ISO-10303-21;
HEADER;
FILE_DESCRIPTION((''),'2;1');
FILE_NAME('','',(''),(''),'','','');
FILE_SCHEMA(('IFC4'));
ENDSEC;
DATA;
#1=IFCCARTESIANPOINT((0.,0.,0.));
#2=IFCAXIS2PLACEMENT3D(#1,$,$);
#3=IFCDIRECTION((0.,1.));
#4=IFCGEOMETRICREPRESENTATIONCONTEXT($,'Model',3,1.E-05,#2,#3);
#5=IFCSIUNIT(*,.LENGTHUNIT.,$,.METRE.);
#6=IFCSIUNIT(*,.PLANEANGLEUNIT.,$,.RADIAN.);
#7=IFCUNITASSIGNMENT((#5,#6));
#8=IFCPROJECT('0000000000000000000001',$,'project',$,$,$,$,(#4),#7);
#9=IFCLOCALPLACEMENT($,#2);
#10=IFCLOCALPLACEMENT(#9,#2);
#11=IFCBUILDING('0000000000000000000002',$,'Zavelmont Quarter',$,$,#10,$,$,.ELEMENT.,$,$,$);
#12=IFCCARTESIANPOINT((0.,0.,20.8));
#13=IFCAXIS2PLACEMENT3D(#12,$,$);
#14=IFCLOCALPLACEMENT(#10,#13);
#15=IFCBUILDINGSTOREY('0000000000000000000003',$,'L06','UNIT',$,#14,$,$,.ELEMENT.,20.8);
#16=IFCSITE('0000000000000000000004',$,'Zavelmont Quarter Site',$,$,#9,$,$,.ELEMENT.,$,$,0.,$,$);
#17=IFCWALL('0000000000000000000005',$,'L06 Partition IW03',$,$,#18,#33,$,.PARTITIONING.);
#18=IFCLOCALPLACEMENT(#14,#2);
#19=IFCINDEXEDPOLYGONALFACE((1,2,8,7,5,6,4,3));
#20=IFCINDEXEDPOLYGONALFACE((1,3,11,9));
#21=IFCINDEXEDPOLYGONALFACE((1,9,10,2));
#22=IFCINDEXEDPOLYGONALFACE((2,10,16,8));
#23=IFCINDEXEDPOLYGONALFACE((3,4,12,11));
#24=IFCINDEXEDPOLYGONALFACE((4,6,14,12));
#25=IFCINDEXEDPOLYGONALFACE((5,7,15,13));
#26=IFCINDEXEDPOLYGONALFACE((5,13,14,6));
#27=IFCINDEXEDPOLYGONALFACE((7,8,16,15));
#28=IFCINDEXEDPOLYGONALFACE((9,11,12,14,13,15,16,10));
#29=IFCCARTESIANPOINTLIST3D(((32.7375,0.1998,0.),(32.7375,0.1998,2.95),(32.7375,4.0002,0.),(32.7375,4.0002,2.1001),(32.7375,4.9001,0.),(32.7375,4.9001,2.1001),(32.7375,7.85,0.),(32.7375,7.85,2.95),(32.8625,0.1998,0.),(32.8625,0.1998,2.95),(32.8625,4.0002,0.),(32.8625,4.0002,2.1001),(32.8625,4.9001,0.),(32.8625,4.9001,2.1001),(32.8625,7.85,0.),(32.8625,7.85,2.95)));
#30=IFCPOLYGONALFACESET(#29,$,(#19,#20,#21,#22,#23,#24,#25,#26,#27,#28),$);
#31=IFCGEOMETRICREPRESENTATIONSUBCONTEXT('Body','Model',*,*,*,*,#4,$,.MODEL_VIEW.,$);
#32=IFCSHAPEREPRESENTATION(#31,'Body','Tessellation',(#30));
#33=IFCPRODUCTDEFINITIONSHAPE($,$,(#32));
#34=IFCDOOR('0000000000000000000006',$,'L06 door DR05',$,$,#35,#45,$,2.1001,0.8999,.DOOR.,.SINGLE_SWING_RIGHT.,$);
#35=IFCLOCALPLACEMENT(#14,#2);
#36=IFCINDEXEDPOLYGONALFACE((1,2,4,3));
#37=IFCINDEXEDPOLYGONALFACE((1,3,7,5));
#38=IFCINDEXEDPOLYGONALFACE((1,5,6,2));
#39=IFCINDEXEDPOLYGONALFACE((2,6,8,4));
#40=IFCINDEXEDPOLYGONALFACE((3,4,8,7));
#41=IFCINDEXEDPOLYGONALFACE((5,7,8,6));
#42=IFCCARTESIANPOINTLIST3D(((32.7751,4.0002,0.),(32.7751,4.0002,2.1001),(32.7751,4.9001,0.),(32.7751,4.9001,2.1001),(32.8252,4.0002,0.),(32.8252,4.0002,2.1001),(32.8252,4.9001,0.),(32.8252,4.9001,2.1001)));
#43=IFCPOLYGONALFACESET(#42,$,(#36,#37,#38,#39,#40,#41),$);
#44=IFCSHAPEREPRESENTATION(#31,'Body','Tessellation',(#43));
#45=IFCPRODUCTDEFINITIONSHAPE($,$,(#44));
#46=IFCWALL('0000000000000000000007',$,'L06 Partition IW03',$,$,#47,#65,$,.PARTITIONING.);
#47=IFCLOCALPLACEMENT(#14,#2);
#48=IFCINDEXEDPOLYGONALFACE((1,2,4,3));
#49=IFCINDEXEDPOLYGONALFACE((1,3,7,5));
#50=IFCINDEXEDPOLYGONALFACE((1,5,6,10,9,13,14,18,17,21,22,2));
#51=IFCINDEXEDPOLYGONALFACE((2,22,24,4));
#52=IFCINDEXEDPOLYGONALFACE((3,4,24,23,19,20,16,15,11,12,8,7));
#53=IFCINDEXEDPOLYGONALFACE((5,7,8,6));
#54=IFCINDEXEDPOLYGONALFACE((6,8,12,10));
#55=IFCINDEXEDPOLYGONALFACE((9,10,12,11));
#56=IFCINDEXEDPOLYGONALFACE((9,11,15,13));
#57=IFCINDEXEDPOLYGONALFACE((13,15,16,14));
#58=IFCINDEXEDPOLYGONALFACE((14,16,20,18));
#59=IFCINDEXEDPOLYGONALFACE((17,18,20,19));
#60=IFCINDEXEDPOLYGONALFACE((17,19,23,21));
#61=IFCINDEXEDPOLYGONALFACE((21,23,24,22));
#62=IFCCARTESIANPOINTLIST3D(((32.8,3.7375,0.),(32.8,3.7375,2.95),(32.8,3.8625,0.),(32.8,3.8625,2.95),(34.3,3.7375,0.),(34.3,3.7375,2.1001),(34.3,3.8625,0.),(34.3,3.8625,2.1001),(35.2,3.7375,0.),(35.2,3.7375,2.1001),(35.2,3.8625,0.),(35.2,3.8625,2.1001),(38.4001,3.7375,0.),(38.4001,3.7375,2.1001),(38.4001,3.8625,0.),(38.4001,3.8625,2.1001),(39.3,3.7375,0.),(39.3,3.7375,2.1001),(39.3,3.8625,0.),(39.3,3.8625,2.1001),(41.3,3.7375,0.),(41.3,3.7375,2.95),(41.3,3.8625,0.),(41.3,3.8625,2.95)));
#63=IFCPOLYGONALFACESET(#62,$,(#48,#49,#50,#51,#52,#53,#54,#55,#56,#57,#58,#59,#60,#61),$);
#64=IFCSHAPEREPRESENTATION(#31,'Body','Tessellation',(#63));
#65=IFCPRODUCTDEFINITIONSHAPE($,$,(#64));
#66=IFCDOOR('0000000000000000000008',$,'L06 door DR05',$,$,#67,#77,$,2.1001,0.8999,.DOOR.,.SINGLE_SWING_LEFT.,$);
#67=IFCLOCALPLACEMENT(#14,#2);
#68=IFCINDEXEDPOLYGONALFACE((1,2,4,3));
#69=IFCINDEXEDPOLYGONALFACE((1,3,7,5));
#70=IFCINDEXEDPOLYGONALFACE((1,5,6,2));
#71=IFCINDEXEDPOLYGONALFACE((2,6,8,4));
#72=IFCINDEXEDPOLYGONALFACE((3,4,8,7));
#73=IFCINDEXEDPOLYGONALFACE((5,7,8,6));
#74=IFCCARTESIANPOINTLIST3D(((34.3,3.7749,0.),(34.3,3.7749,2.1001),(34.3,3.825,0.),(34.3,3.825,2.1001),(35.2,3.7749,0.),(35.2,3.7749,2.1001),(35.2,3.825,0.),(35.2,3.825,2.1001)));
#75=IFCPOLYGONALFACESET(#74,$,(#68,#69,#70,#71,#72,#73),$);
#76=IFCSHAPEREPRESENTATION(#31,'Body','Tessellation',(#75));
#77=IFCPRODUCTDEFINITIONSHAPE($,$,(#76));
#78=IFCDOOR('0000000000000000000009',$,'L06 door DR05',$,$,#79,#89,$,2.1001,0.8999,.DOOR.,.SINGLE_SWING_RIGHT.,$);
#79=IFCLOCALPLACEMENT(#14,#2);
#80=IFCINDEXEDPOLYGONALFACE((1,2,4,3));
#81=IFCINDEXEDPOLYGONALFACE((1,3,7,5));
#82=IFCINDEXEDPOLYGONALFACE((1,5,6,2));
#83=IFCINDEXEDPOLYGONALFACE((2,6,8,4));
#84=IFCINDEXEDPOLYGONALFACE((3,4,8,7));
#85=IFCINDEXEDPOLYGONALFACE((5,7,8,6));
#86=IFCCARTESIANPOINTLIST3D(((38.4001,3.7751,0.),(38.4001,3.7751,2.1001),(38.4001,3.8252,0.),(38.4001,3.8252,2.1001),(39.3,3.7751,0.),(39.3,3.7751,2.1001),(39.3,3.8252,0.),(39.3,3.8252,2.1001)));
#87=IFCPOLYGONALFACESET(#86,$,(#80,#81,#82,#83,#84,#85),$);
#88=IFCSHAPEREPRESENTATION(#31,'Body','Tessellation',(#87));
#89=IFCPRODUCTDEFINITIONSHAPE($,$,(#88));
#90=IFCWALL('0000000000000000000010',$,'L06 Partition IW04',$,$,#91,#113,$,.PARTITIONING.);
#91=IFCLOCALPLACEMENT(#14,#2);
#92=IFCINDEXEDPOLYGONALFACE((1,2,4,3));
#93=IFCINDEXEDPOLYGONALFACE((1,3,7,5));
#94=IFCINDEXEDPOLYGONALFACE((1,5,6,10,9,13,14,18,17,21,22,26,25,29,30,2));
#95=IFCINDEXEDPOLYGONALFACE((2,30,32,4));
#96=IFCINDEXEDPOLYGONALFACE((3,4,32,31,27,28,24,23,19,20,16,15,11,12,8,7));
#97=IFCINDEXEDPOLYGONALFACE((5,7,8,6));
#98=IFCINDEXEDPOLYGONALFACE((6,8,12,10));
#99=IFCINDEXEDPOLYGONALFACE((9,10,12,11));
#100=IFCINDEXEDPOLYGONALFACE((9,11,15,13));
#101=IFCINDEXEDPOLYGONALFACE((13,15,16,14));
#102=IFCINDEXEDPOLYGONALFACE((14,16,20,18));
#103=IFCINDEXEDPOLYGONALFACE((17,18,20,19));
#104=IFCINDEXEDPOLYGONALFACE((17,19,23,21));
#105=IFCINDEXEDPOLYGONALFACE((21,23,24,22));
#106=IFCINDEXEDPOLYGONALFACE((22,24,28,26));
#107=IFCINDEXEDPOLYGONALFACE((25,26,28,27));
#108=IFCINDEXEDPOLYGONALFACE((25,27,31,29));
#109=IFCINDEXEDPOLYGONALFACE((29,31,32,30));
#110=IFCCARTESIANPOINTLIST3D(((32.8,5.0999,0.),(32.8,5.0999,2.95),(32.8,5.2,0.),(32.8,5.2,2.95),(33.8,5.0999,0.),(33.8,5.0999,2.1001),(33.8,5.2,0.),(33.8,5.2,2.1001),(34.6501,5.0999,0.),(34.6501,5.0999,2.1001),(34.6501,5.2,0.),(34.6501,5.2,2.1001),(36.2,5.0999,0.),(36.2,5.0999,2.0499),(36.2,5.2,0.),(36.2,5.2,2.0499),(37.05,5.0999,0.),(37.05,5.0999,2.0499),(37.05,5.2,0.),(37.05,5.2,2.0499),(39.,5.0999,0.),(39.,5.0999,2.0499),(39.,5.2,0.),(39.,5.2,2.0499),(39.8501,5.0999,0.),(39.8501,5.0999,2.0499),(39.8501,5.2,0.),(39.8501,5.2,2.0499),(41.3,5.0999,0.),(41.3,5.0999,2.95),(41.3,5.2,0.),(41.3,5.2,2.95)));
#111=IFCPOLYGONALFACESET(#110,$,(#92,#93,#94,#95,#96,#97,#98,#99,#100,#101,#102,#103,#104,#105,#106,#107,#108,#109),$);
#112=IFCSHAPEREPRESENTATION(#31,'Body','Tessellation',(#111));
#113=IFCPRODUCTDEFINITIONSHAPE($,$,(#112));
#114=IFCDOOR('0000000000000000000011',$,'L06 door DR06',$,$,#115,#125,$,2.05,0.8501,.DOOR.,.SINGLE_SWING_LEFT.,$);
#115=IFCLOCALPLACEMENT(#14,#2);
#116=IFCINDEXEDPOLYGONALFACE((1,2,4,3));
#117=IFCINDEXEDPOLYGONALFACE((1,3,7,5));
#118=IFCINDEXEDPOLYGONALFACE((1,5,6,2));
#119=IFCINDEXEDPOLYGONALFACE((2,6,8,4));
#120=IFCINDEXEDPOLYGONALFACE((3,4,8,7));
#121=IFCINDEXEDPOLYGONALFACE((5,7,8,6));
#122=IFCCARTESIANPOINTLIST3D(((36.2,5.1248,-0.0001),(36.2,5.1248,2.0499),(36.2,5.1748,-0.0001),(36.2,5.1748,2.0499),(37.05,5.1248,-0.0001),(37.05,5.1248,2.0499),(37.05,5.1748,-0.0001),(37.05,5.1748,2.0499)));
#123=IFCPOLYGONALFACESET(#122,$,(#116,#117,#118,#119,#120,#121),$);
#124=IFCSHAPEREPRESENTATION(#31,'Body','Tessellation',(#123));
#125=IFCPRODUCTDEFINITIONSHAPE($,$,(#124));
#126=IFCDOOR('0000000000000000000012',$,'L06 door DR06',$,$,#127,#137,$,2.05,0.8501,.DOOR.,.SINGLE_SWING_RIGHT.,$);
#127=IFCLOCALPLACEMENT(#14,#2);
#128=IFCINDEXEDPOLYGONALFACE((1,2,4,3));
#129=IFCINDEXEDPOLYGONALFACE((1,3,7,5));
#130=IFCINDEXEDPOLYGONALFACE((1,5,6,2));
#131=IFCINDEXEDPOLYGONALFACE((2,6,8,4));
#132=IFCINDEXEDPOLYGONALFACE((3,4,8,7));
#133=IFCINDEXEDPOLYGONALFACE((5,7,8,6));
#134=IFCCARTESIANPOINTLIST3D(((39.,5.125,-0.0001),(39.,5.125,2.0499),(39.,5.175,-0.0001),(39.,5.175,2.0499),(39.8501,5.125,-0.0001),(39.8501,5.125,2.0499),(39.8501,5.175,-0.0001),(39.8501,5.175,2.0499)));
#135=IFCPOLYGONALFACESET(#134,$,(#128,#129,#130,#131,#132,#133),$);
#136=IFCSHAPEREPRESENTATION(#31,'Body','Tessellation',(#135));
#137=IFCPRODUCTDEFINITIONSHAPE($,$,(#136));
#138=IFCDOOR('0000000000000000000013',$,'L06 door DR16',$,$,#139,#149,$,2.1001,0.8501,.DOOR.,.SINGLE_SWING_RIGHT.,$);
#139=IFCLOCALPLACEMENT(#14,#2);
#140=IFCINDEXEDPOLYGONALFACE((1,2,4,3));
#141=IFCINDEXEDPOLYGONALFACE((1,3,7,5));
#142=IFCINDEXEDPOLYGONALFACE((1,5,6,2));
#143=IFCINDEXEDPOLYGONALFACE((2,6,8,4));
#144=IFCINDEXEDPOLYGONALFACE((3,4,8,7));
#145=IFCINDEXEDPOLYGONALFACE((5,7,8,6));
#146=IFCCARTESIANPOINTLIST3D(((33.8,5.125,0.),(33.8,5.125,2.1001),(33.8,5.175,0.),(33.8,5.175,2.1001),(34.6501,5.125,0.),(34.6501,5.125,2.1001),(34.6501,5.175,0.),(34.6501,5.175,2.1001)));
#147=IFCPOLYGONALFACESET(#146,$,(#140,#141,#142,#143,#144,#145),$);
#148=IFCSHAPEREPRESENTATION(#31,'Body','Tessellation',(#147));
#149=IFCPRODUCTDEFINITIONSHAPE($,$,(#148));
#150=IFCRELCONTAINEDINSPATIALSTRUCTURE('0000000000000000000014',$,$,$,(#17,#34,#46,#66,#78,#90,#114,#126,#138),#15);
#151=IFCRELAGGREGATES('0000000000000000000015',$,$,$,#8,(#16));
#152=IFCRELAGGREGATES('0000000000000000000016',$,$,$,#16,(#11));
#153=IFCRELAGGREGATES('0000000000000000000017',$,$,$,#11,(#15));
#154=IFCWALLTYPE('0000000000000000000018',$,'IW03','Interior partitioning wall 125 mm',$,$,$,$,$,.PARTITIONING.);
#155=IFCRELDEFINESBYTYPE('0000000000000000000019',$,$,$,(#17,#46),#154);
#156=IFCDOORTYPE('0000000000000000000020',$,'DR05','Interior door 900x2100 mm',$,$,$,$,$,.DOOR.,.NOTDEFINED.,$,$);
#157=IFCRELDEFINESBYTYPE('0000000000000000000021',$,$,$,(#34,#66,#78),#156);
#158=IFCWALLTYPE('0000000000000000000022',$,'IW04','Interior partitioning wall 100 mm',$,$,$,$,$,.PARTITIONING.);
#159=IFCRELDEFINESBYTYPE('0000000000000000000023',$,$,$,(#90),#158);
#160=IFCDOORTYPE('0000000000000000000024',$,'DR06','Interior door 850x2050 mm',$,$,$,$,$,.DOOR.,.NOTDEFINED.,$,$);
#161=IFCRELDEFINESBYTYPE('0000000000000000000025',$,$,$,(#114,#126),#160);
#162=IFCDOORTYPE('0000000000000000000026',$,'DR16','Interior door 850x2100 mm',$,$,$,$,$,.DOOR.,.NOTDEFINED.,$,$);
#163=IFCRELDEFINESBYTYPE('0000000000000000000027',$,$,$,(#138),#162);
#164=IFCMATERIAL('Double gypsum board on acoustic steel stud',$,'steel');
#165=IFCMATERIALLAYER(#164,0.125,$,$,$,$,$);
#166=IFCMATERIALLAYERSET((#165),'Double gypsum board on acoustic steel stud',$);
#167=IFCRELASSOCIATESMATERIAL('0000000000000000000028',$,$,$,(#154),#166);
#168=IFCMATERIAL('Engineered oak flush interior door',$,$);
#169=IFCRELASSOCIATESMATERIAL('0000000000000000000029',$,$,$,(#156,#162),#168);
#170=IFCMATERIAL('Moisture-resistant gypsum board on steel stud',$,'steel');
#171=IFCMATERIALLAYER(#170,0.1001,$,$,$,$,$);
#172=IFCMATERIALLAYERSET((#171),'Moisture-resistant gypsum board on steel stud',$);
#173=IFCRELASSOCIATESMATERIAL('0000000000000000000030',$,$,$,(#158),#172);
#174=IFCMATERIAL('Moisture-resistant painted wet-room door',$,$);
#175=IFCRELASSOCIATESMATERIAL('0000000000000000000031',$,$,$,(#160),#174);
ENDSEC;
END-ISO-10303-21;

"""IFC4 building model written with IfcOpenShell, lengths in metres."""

from ifc_helpers import new_model, si_unit, direction, frame, frame_2d, origin, origin_with_axes, place, context, subcontext, project, spatial, rectangle, extrude, material, layer, layer_set, type_object, element, fill, save


model = new_model("IFC4")

# Units and contexts
model_context = context("Model", 3, precision=1e-05, world=origin(), true_north=direction((0.0, 1.0)))
body_context = subcontext(model_context, "Body", "Model", "MODEL_VIEW")
ifc_project = project(units=[si_unit("LENGTHUNIT", "METRE"), si_unit("PLANEANGLEUNIT", "RADIAN")], contexts=[model_context])

# Site, building, storey
site_placement = place(None, origin())
site = spatial("IfcSite", under=ifc_project, at=site_placement, Name="Zavelmont Quarter Site", CompositionType="ELEMENT", RefElevation=0.0)
building_placement = place(site_placement, origin())
building = spatial("IfcBuilding", under=site, at=building_placement, Name="Zavelmont Quarter", CompositionType="ELEMENT")
storey_placement = place(building_placement, frame((0.0, 0.0, 20.8)))
storey = spatial("IfcBuildingStorey", under=building, at=storey_placement, Name="L06", Description="UNIT", CompositionType="ELEMENT", Elevation=20.8)

# Wall, opening, door
ifc_material_1 = material(Name="Double gypsum board on acoustic steel stud", Category="steel")
ifc_layer_1 = layer(ifc_material_1, 0.125)
ifc_layer_set_1 = layer_set([ifc_layer_1], Name="Double gypsum board on acoustic steel stud")
wall_type_1 = type_object("IfcWallType", Name="IW03", Description="Interior partitioning wall 125 mm", PredefinedType="PARTITIONING", material=ifc_layer_set_1)
wall_1_placement = place(storey_placement, frame((32.8, 7.8501, 0.0), z_axis=(0.0, 0.0, 1.0), x_axis=(0.0, -1.0, 0.0)))
wall_1 = element("IfcWall", 1, at=wall_1_placement, inside=storey, type_object=wall_type_1, Name="L06 Partition IW03", PredefinedType="PARTITIONING", context=body_context, shape_type="SweptSolid", body=[
    extrude(rectangle(XDim=7.6501, YDim=0.125, at=frame_2d((3.8252, 0.0))), origin(), (0.0, 0.0, 1.0), 2.95),
])
opening_1_placement = place(wall_1_placement, frame((2.95, 0.0, 0.0)))
opening_1 = element("IfcOpeningElement", 2, at=opening_1_placement, cuts=wall_1, PredefinedType="OPENING", context=body_context, shape_type="SweptSolid", body=[
    extrude(rectangle(XDim=0.8999, YDim=2.1001, at=frame_2d((0.45, 1.05))), frame((0.0, 0.0745, 0.0), z_axis=(0.0, -1.0, 0.0), x_axis=(1.0, 0.0, 0.0)), (0.0, 0.0, 1.0), 0.1489),
])
ifc_material_2 = material(Name="Engineered oak flush interior door")
door_type_1 = type_object("IfcDoorType", Name="DR05", Description="Interior door 900x2100 mm", OperationType="NOTDEFINED", PredefinedType="DOOR", material=ifc_material_2)
door_1_placement = place(opening_1_placement, frame((0.8999, 0.0, 0.0), z_axis=(0.0, 0.0, 1.0), x_axis=(-1.0, 0.0, 0.0)))
door_1 = element("IfcDoor", 3, at=door_1_placement, inside=storey, type_object=door_type_1, Name="L06 door DR05", OperationType="SINGLE_SWING_RIGHT", OverallHeight=2.1001, OverallWidth=0.8999, PredefinedType="DOOR", context=body_context, shape_type="SweptSolid", body=[
    extrude(rectangle(XDim=0.8999, YDim=2.1001, at=frame_2d((0.45, 1.05))), frame((0.0, 0.0249, 0.0), z_axis=(0.0, -1.0, 0.0), x_axis=(1.0, 0.0, 0.0)), (0.0, 0.0, 1.0), 0.05),
])
fill(opening_1, door_1)

# Walls, openings, doors
wall_2_placement = place(storey_placement, frame((32.8, 3.8, 0.0), z_axis=(0.0, 0.0, 1.0), x_axis=(1.0, 0.0, 0.0)))
wall_2 = element("IfcWall", 4, at=wall_2_placement, inside=storey, type_object=wall_type_1, Name="L06 Partition IW03", PredefinedType="PARTITIONING", context=body_context, shape_type="SweptSolid", body=[
    extrude(rectangle(XDim=8.5, YDim=0.125, at=frame_2d((4.25, 0.0))), origin(), (0.0, 0.0, 1.0), 2.95),
])
opening_2_placement = place(wall_2_placement, frame((1.5, 0.0, 0.0)))
opening_2 = element("IfcOpeningElement", 5, at=opening_2_placement, cuts=wall_2, PredefinedType="OPENING", context=body_context, shape_type="SweptSolid", body=[
    extrude(rectangle(XDim=0.8999, YDim=2.1001, at=frame_2d((0.45, 1.05))), frame((0.0, 0.0745, 0.0), z_axis=(0.0, -1.0, 0.0), x_axis=(1.0, 0.0, 0.0)), (0.0, 0.0, 1.0), 0.1489),
])
opening_3_placement = place(wall_2_placement, frame((5.6001, 0.0, 0.0)))
opening_3 = element("IfcOpeningElement", 6, at=opening_3_placement, cuts=wall_2, PredefinedType="OPENING", context=body_context, shape_type="SweptSolid", body=[
    extrude(rectangle(XDim=0.8999, YDim=2.1001, at=frame_2d((0.45, 1.05))), frame((0.0, 0.0745, 0.0), z_axis=(0.0, -1.0, 0.0), x_axis=(1.0, 0.0, 0.0)), (0.0, 0.0, 1.0), 0.1489),
])
door_2_placement = place(opening_2_placement, origin_with_axes())
door_2 = element("IfcDoor", 7, at=door_2_placement, inside=storey, type_object=door_type_1, Name="L06 door DR05", OperationType="SINGLE_SWING_LEFT", OverallHeight=2.1001, OverallWidth=0.8999, PredefinedType="DOOR", context=body_context, shape_type="SweptSolid", body=[
    extrude(rectangle(XDim=0.8999, YDim=2.1001, at=frame_2d((0.45, 1.05))), frame((0.0, 0.0249, 0.0), z_axis=(0.0, -1.0, 0.0), x_axis=(1.0, 0.0, 0.0)), (0.0, 0.0, 1.0), 0.05),
])
fill(opening_2, door_2)
door_3_placement = place(opening_3_placement, frame((0.8999, 0.0, 0.0), z_axis=(0.0, 0.0, 1.0), x_axis=(-1.0, 0.0, 0.0)))
door_3 = element("IfcDoor", 8, at=door_3_placement, inside=storey, type_object=door_type_1, Name="L06 door DR05", OperationType="SINGLE_SWING_RIGHT", OverallHeight=2.1001, OverallWidth=0.8999, PredefinedType="DOOR", context=body_context, shape_type="SweptSolid", body=[
    extrude(rectangle(XDim=0.8999, YDim=2.1001, at=frame_2d((0.45, 1.05))), frame((0.0, 0.0249, 0.0), z_axis=(0.0, -1.0, 0.0), x_axis=(1.0, 0.0, 0.0)), (0.0, 0.0, 1.0), 0.05),
])
fill(opening_3, door_3)
ifc_material_3 = material(Name="Moisture-resistant gypsum board on steel stud", Category="steel")
ifc_layer_2 = layer(ifc_material_3, 0.1001)
ifc_layer_set_2 = layer_set([ifc_layer_2], Name="Moisture-resistant gypsum board on steel stud")
wall_type_2 = type_object("IfcWallType", Name="IW04", Description="Interior partitioning wall 100 mm", PredefinedType="PARTITIONING", material=ifc_layer_set_2)
wall_3_placement = place(storey_placement, frame((32.8, 5.1499, 0.0), z_axis=(0.0, 0.0, 1.0), x_axis=(1.0, 0.0, 0.0)))
wall_3 = element("IfcWall", 9, at=wall_3_placement, inside=storey, type_object=wall_type_2, Name="L06 Partition IW04", PredefinedType="PARTITIONING", context=body_context, shape_type="SweptSolid", body=[
    extrude(rectangle(XDim=8.5, YDim=0.1001, at=frame_2d((4.25, 0.0))), origin(), (0.0, 0.0, 1.0), 2.95),
])
opening_4_placement = place(wall_3_placement, frame((1.0, 0.0, 0.0)))
opening_4 = element("IfcOpeningElement", 10, at=opening_4_placement, cuts=wall_3, PredefinedType="OPENING", context=body_context, shape_type="SweptSolid", body=[
    extrude(rectangle(XDim=0.8501, YDim=2.1001, at=frame_2d((0.425, 1.05))), frame((0.0, 0.062, 0.0), z_axis=(0.0, -1.0, 0.0), x_axis=(1.0, 0.0, 0.0)), (0.0, 0.0, 1.0), 0.124),
])
opening_5_placement = place(wall_3_placement, frame((3.3999, 0.0, 0.0)))
opening_5 = element("IfcOpeningElement", 11, at=opening_5_placement, cuts=wall_3, PredefinedType="OPENING", context=body_context, shape_type="SweptSolid", body=[
    extrude(rectangle(XDim=0.8501, YDim=2.05, at=frame_2d((0.425, 1.0249))), frame((0.0, 0.062, 0.0), z_axis=(0.0, -1.0, 0.0), x_axis=(1.0, 0.0, 0.0)), (0.0, 0.0, 1.0), 0.124),
])
opening_6_placement = place(wall_3_placement, frame((6.2, 0.0, 0.0)))
opening_6 = element("IfcOpeningElement", 12, at=opening_6_placement, cuts=wall_3, PredefinedType="OPENING", context=body_context, shape_type="SweptSolid", body=[
    extrude(rectangle(XDim=0.8501, YDim=2.05, at=frame_2d((0.425, 1.0249))), frame((0.0, 0.062, 0.0), z_axis=(0.0, -1.0, 0.0), x_axis=(1.0, 0.0, 0.0)), (0.0, 0.0, 1.0), 0.124),
])
ifc_material_4 = material(Name="Moisture-resistant painted wet-room door")
door_type_2 = type_object("IfcDoorType", Name="DR06", Description="Interior door 850x2050 mm", OperationType="NOTDEFINED", PredefinedType="DOOR", material=ifc_material_4)
door_4_placement = place(opening_5_placement, origin_with_axes())
door_4 = element("IfcDoor", 13, at=door_4_placement, inside=storey, type_object=door_type_2, Name="L06 door DR06", OperationType="SINGLE_SWING_LEFT", OverallHeight=2.05, OverallWidth=0.8501, PredefinedType="DOOR", context=body_context, shape_type="SweptSolid", body=[
    extrude(rectangle(XDim=0.8501, YDim=2.05, at=frame_2d((0.425, 1.0249))), frame((0.0, 0.0249, 0.0), z_axis=(0.0, -1.0, 0.0), x_axis=(1.0, 0.0, 0.0)), (0.0, 0.0, 1.0), 0.05),
])
fill(opening_5, door_4)
door_5_placement = place(opening_6_placement, frame((0.8501, 0.0, 0.0), z_axis=(0.0, 0.0, 1.0), x_axis=(-1.0, 0.0, 0.0)))
door_5 = element("IfcDoor", 14, at=door_5_placement, inside=storey, type_object=door_type_2, Name="L06 door DR06", OperationType="SINGLE_SWING_RIGHT", OverallHeight=2.05, OverallWidth=0.8501, PredefinedType="DOOR", context=body_context, shape_type="SweptSolid", body=[
    extrude(rectangle(XDim=0.8501, YDim=2.05, at=frame_2d((0.425, 1.0249))), frame((0.0, 0.0249, 0.0), z_axis=(0.0, -1.0, 0.0), x_axis=(1.0, 0.0, 0.0)), (0.0, 0.0, 1.0), 0.05),
])
fill(opening_6, door_5)
door_type_3 = type_object("IfcDoorType", Name="DR16", Description="Interior door 850x2100 mm", OperationType="NOTDEFINED", PredefinedType="DOOR", material=ifc_material_2)
door_6_placement = place(opening_4_placement, frame((0.8501, 0.0, 0.0), z_axis=(0.0, 0.0, 1.0), x_axis=(-1.0, 0.0, 0.0)))
door_6 = element("IfcDoor", 15, at=door_6_placement, inside=storey, type_object=door_type_3, Name="L06 door DR16", OperationType="SINGLE_SWING_RIGHT", OverallHeight=2.1001, OverallWidth=0.8501, PredefinedType="DOOR", context=body_context, shape_type="SweptSolid", body=[
    extrude(rectangle(XDim=0.8501, YDim=2.1001, at=frame_2d((0.425, 1.05))), frame((0.0, 0.0249, 0.0), z_axis=(0.0, -1.0, 0.0), x_axis=(1.0, 0.0, 0.0)), (0.0, 0.0, 1.0), 0.05),
])
fill(opening_4, door_6)

save(model, "model.ifc")
